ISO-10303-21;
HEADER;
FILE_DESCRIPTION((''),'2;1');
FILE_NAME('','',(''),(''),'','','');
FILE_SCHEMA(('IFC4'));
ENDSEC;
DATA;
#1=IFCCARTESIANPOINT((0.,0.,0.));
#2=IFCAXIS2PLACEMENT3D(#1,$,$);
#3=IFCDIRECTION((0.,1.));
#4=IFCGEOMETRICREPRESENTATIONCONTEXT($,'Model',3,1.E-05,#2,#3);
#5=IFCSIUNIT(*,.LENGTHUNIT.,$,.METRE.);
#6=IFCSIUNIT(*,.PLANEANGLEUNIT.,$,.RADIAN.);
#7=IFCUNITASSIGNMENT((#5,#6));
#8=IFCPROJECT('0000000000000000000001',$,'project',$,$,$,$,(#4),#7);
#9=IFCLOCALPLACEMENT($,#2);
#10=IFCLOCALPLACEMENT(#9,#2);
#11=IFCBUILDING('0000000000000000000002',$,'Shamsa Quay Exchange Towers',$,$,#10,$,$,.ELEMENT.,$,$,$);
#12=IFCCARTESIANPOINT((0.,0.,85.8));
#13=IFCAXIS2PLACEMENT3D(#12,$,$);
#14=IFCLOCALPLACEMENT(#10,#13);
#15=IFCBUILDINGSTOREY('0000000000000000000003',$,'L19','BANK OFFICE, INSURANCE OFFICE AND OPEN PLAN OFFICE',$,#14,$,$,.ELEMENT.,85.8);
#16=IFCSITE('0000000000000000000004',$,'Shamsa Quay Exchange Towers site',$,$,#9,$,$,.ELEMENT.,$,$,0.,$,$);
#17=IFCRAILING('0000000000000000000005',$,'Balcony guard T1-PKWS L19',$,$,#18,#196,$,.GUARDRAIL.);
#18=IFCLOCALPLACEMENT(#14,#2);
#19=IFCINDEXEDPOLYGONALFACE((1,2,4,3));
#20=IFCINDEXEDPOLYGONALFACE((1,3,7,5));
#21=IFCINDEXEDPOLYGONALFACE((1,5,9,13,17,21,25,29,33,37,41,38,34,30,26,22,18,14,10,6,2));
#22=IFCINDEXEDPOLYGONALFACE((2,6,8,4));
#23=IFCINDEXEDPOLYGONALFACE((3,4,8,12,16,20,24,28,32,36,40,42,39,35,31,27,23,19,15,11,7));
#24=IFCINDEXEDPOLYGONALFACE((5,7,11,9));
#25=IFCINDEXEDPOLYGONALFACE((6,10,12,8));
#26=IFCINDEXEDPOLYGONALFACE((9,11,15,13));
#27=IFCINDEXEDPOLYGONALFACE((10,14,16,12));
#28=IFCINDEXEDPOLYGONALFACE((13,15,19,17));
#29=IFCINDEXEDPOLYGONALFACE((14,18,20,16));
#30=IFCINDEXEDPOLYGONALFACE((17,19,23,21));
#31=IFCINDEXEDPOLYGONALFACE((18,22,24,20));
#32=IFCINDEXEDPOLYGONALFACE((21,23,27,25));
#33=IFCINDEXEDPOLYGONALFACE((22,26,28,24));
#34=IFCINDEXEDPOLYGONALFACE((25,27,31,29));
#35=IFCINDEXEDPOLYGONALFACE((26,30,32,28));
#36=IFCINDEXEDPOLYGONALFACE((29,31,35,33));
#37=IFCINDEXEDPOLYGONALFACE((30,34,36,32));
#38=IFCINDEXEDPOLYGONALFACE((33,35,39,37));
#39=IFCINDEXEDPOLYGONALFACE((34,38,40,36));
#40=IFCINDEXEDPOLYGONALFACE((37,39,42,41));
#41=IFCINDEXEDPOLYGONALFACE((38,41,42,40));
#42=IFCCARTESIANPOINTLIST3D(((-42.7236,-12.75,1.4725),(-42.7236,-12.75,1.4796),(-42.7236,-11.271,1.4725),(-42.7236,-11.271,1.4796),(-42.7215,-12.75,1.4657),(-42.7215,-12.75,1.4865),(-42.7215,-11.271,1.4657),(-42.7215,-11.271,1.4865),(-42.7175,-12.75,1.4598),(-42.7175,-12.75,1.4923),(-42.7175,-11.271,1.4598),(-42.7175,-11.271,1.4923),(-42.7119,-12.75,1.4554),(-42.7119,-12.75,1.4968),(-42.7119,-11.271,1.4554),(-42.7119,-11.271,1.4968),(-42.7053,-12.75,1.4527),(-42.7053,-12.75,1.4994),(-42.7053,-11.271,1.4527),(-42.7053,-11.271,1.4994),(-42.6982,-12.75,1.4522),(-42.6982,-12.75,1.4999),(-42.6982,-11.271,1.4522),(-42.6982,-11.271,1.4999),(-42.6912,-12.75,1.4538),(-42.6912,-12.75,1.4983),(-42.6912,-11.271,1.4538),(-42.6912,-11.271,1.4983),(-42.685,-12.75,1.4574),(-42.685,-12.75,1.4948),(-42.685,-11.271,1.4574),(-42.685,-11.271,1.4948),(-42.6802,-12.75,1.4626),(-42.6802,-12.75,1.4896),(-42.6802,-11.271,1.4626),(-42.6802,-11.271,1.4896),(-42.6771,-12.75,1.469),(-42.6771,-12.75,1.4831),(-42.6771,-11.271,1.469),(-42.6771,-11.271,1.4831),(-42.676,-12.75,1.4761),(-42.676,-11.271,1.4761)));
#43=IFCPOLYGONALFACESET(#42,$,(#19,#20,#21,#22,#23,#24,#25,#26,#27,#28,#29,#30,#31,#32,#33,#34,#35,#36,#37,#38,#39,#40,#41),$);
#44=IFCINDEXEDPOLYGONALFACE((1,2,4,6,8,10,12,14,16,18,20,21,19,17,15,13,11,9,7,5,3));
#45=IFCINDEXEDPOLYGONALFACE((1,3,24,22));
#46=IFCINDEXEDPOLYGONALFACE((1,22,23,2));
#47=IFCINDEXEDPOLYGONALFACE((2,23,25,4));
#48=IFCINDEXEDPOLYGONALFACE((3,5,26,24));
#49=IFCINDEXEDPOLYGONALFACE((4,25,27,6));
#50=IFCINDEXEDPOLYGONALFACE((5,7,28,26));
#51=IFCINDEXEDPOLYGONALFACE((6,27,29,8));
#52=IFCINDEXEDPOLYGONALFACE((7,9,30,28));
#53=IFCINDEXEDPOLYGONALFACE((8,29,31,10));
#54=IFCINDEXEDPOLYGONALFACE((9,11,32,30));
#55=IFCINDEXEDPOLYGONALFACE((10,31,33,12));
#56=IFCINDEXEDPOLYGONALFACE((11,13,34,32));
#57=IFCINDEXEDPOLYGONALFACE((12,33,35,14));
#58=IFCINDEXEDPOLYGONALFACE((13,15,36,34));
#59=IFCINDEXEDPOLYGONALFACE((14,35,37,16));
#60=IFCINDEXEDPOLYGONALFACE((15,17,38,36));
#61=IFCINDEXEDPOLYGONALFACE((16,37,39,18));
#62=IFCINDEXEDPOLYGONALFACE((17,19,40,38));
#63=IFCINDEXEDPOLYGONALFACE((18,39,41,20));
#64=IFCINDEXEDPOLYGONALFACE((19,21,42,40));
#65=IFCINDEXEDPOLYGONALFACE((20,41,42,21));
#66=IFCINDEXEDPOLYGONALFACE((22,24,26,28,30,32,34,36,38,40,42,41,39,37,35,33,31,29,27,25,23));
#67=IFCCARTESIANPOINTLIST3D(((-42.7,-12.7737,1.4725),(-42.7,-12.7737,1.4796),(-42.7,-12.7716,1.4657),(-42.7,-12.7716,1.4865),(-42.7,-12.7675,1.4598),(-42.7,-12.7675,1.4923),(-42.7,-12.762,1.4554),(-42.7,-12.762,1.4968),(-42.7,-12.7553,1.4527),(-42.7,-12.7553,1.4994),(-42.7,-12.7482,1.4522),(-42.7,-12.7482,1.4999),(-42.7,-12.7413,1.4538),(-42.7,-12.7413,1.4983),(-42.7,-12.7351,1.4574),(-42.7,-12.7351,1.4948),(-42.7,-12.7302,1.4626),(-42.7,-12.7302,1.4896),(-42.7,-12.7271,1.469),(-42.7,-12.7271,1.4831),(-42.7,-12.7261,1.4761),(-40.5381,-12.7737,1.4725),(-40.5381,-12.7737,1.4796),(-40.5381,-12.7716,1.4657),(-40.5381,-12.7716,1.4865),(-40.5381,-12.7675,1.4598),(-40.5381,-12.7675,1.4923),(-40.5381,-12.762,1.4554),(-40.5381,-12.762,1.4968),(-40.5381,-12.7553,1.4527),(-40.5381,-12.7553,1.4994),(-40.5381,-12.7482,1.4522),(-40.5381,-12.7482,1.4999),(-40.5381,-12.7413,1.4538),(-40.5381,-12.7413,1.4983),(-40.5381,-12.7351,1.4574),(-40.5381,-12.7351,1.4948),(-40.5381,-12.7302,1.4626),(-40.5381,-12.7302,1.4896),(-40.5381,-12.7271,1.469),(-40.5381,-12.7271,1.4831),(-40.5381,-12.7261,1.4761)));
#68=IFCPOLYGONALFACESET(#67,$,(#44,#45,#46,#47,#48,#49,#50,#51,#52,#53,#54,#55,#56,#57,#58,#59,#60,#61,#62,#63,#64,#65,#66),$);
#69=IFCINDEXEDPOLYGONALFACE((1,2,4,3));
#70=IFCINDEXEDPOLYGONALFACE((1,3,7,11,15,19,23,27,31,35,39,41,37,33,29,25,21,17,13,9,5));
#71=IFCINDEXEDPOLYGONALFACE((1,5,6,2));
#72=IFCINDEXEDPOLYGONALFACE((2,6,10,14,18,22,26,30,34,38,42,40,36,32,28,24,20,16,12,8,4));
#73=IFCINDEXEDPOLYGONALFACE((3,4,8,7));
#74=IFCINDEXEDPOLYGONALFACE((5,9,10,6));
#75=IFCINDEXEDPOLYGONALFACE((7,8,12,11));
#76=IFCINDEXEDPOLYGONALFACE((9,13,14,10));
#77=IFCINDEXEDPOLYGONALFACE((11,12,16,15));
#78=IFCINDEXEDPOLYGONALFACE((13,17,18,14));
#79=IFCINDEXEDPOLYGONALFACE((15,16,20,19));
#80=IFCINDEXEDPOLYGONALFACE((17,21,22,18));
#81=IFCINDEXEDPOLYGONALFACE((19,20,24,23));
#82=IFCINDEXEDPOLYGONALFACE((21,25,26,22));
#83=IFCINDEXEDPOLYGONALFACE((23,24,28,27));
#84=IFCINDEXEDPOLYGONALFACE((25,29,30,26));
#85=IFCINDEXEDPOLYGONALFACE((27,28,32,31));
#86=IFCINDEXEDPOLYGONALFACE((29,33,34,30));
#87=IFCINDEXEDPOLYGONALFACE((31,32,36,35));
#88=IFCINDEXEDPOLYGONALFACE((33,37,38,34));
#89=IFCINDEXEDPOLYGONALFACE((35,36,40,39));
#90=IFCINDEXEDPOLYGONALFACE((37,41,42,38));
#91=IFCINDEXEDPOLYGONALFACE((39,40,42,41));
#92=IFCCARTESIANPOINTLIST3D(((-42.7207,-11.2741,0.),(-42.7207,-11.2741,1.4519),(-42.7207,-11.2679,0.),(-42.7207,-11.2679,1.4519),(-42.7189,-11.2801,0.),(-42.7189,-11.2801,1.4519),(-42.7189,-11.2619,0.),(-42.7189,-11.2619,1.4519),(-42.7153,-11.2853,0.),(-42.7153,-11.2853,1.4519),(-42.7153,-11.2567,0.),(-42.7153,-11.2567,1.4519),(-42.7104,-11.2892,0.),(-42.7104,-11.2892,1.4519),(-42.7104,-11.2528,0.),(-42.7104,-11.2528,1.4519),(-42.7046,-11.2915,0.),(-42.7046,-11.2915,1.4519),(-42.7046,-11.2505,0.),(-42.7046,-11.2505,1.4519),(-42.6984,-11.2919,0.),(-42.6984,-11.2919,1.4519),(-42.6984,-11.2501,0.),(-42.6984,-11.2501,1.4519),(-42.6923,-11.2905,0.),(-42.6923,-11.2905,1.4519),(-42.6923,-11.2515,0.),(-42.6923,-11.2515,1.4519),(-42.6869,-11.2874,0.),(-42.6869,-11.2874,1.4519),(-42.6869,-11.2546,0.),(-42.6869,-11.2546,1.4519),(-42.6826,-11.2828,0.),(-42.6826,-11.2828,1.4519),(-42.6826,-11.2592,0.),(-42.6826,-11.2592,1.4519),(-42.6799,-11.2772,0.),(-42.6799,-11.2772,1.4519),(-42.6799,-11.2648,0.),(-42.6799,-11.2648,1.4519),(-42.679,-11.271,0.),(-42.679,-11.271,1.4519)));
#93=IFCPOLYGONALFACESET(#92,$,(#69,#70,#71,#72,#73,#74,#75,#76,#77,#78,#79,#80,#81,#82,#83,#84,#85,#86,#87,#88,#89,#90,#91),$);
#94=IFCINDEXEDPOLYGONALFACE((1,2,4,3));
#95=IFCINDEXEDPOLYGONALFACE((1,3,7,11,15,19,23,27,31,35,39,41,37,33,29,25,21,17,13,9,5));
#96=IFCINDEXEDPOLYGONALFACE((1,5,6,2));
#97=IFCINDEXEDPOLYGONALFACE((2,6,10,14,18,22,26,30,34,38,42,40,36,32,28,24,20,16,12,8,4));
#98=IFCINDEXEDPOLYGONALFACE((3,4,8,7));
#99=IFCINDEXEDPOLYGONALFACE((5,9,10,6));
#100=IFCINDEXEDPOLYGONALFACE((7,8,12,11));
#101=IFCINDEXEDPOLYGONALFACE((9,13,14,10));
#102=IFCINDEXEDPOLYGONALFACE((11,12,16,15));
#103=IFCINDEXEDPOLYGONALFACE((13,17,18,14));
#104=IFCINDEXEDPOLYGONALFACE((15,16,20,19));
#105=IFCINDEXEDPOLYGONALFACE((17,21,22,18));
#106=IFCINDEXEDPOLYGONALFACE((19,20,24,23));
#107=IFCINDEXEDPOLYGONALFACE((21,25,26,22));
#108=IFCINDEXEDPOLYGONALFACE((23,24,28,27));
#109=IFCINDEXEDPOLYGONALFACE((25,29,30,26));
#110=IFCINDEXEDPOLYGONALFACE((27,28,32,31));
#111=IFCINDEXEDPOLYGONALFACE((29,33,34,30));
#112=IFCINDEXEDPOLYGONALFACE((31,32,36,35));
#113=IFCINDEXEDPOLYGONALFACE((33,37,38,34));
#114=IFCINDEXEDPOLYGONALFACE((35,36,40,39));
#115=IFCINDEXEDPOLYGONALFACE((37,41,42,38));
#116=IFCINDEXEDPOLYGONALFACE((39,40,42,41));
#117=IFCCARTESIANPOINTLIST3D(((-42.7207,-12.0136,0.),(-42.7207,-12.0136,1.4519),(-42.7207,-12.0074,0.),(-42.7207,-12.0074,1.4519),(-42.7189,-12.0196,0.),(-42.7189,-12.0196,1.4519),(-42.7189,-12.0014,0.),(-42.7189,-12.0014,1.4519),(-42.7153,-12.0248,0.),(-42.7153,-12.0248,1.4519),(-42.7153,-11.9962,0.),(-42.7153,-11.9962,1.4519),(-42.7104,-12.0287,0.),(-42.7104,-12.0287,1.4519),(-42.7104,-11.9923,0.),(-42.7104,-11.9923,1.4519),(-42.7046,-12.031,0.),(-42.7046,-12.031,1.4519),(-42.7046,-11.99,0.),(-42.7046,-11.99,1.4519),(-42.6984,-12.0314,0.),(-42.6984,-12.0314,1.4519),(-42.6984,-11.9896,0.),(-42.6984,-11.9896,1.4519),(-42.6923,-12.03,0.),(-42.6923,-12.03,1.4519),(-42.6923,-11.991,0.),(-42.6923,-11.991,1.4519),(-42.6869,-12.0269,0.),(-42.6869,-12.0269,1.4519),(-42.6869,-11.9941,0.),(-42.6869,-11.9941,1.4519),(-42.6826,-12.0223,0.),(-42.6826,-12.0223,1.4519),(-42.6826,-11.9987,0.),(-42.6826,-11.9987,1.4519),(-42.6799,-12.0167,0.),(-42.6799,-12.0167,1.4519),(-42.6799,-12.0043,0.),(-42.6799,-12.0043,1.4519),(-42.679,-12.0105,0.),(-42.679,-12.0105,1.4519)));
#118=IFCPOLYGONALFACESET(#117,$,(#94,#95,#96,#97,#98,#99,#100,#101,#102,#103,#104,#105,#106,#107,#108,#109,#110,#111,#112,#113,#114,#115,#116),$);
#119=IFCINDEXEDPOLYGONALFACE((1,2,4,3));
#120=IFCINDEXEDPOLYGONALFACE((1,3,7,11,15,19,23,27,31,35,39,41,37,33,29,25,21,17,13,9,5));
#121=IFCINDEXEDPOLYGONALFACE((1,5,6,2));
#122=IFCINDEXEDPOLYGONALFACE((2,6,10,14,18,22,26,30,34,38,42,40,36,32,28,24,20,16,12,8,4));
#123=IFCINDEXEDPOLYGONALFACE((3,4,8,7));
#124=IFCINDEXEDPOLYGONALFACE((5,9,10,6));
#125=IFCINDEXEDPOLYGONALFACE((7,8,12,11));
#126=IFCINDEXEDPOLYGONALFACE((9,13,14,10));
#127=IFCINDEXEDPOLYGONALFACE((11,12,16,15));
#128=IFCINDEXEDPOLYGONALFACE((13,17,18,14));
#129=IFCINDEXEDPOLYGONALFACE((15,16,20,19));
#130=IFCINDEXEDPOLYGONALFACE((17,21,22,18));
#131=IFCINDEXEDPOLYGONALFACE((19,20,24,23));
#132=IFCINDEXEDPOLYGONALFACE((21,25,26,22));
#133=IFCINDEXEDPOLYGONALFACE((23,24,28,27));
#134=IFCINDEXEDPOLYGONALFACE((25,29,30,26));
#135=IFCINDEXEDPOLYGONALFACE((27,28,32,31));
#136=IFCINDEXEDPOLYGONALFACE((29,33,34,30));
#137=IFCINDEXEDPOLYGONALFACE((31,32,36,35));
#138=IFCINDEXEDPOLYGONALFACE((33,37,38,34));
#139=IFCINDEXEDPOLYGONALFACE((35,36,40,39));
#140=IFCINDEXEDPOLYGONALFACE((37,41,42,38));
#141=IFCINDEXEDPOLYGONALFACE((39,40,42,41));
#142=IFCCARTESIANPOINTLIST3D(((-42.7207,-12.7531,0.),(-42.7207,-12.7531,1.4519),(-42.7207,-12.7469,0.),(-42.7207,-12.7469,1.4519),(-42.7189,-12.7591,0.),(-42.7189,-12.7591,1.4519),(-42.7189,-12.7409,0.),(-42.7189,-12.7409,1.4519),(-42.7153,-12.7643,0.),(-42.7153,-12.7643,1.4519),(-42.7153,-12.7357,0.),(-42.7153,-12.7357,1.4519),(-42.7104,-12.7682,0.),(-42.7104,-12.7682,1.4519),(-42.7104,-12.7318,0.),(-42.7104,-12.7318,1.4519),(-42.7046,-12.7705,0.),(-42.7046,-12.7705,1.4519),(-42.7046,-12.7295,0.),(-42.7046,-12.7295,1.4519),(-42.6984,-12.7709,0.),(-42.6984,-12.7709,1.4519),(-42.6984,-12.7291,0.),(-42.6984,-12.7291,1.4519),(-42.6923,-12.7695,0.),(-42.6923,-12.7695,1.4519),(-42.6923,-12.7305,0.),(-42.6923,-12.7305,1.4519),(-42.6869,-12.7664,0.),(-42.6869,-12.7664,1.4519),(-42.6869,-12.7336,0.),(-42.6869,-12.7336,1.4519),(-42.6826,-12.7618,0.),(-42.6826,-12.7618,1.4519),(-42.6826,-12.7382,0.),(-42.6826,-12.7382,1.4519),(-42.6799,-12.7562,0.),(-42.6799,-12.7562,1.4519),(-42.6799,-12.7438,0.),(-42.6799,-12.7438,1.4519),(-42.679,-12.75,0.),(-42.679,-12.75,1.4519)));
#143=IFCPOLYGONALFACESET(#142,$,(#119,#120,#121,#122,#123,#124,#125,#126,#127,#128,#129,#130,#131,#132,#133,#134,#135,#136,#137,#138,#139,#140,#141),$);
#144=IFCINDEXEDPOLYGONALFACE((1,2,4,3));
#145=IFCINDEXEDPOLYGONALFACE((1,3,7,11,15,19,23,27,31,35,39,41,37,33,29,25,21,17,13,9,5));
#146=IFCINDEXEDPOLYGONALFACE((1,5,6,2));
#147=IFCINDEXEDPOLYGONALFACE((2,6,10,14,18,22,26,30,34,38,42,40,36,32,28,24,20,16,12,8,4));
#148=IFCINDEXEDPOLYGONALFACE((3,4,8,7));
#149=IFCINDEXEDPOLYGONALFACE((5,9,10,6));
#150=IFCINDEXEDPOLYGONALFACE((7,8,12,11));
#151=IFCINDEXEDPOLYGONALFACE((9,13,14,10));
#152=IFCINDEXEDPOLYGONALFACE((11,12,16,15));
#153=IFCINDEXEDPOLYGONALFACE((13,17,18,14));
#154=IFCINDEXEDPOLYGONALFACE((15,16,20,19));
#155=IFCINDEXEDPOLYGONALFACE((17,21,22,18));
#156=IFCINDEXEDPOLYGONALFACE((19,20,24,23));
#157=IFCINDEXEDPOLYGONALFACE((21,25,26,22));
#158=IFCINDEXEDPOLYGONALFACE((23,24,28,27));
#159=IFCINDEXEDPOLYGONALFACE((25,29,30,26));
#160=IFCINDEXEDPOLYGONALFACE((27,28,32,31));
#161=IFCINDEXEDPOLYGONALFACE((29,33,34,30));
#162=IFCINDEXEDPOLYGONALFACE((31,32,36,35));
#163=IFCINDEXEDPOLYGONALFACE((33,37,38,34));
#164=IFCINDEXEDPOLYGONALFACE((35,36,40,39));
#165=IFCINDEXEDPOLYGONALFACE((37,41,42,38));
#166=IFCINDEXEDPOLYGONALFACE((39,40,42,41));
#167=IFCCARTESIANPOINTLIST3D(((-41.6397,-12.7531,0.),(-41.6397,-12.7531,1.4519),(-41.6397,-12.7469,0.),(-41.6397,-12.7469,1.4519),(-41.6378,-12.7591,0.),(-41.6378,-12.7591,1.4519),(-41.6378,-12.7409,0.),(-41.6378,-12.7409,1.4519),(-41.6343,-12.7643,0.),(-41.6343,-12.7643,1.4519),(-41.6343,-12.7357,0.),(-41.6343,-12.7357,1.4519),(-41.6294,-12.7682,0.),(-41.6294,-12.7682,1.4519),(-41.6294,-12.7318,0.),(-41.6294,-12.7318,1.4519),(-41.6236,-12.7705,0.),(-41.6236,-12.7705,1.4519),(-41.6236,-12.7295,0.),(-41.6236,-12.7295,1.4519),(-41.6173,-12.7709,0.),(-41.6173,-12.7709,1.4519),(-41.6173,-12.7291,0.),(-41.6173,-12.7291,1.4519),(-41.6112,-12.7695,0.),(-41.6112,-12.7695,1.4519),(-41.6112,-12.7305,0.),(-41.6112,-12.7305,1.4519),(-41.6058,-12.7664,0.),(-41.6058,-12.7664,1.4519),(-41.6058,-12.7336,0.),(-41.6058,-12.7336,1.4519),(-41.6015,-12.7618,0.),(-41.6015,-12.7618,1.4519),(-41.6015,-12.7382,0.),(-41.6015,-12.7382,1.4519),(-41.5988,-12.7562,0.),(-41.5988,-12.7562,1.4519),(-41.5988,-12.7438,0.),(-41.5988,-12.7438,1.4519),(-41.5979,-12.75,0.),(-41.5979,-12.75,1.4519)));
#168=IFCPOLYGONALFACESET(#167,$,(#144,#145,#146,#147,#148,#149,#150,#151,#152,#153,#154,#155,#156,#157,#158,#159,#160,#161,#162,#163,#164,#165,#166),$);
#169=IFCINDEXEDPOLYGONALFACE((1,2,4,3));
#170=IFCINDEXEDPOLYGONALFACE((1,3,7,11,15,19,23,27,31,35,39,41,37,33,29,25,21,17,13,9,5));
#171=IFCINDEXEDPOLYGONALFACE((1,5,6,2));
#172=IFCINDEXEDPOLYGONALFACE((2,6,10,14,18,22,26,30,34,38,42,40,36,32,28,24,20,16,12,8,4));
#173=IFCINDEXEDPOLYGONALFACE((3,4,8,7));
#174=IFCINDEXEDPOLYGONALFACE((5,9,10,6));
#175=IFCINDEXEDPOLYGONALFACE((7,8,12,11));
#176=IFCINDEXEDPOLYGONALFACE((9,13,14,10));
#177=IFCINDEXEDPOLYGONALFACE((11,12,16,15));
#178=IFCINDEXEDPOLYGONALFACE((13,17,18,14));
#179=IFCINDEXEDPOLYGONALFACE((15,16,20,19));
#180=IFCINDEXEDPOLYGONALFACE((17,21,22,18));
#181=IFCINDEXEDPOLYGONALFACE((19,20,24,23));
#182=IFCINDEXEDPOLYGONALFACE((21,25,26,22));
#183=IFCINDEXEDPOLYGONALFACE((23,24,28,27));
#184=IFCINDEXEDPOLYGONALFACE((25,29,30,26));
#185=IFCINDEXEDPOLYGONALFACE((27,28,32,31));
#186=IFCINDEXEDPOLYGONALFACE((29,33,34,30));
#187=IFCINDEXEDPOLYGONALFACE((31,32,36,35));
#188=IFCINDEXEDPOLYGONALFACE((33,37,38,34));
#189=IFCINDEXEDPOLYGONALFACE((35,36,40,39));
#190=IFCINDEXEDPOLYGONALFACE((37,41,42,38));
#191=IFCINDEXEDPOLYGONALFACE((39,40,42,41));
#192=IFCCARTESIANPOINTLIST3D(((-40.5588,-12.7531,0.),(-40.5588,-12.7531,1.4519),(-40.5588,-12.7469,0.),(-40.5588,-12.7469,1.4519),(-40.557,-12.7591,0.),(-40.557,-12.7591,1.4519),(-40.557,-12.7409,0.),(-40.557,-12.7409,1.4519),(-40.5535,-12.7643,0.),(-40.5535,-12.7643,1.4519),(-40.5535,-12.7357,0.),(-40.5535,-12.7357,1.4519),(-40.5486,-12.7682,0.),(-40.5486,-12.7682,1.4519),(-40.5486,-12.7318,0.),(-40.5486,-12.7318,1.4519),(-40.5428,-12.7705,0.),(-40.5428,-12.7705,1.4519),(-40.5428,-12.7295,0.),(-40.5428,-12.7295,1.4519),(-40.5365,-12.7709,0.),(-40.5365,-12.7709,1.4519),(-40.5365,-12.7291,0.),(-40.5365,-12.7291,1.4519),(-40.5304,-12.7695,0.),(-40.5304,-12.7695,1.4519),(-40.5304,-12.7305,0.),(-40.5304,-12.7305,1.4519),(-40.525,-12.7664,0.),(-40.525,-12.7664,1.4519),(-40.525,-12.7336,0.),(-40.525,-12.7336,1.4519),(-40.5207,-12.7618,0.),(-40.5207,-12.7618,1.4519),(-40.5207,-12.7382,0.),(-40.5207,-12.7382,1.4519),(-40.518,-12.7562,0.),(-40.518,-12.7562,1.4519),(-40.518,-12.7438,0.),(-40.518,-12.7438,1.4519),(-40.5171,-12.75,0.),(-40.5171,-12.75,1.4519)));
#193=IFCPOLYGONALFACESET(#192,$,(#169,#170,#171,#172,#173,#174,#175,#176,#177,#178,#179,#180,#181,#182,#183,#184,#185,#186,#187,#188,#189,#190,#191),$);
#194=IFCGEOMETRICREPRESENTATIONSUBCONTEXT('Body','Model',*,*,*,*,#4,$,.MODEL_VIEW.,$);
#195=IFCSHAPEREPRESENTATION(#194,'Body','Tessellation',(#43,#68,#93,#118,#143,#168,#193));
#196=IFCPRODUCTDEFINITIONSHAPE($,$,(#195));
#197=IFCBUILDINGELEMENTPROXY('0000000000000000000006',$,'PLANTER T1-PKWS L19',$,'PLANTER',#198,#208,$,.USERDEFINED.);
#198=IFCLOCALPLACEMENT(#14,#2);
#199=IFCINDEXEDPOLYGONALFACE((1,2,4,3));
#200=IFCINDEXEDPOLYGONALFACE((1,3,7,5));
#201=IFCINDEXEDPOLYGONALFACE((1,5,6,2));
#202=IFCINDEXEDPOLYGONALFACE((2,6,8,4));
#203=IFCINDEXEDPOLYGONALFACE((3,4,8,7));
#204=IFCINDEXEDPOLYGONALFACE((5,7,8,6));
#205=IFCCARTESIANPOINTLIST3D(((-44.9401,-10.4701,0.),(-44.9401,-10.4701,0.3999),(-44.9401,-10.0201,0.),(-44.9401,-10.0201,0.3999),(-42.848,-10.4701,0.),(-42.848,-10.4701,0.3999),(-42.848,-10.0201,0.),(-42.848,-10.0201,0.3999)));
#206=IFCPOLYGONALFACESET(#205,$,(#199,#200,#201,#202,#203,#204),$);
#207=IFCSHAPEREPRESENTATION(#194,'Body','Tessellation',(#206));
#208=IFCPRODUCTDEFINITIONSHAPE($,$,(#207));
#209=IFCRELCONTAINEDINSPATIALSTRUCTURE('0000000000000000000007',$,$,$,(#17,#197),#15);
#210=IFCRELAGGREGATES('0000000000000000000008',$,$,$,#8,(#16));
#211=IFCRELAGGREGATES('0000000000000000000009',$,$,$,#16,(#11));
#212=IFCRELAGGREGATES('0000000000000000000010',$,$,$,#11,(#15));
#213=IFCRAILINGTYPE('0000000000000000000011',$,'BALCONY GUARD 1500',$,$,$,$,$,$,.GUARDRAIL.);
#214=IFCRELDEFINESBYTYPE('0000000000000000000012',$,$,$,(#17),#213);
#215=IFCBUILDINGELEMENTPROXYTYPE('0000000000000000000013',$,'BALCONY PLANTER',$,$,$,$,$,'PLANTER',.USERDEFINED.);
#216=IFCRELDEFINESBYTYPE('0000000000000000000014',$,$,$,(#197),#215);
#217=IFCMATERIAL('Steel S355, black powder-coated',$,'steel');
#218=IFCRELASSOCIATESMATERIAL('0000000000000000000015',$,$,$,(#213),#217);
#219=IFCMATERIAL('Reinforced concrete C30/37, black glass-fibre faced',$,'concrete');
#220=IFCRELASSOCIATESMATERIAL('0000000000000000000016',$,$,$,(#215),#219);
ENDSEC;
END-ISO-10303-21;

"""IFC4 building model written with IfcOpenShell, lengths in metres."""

from ifc_helpers import new_model, si_unit, direction, frame, origin, origin_2d, place, context, subcontext, project, spatial, rectangle, circle, extrude, material, type_object, element, save


model = new_model("IFC4")

# Units and contexts
model_context = context("Model", 3, precision=1e-05, world=origin(), true_north=direction((0.0, 1.0)))
body_context = subcontext(model_context, "Body", "Model", "MODEL_VIEW")
ifc_project = project(units=[si_unit("LENGTHUNIT", "METRE"), si_unit("PLANEANGLEUNIT", "RADIAN")], contexts=[model_context])

# Site, building, storey
site_placement = place(None, origin())
site = spatial("IfcSite", under=ifc_project, at=site_placement, Name="Shamsa Quay Exchange Towers site", CompositionType="ELEMENT", RefElevation=0.0)
building_placement = place(site_placement, origin())
building = spatial("IfcBuilding", under=site, at=building_placement, Name="Shamsa Quay Exchange Towers", CompositionType="ELEMENT")
storey_placement = place(building_placement, frame((0.0, 0.0, 85.8)))
storey = spatial("IfcBuildingStorey", under=building, at=storey_placement, Name="L19", Description="BANK OFFICE, INSURANCE OFFICE AND OPEN PLAN OFFICE", CompositionType="ELEMENT", Elevation=85.8)

# Railing
ifc_material_1 = material(Name="Steel S355, black powder-coated", Category="steel")
railing_type_1 = type_object("IfcRailingType", Name="BALCONY GUARD 1500", PredefinedType="GUARDRAIL", material=ifc_material_1)
for number, where, name in (
    (1, (-42.7, -11.271, 0.0), "Balcony guard T1-PKWS L19"),
):
    element("IfcRailing", number, at=place(storey_placement, frame(where)), inside=storey, type_object=railing_type_1, Name=name, PredefinedType="GUARDRAIL", context=body_context, shape_type="SweptSolid", body=[
        extrude(circle(Radius=0.0239, at=origin_2d()), frame((0.0, 0.0, 1.4761), z_axis=(0.0, -1.0, 0.0), x_axis=(1.0, 0.0, 0.0)), (0.0, 0.0, 1.0), 1.479),
        extrude(circle(Radius=0.0239, at=origin_2d()), frame((0.0, -1.479, 1.4761), z_axis=(1.0, 0.0, 0.0), x_axis=(0.0, 1.0, 0.0)), (0.0, 0.0, 1.0), 2.1619),
        extrude(circle(Radius=0.021, at=origin_2d()), origin(), (0.0, 0.0, 1.0), 1.4519),
        extrude(circle(Radius=0.021, at=origin_2d()), frame((0.0, -0.7395, 0.0)), (0.0, 0.0, 1.0), 1.4519),
        extrude(circle(Radius=0.021, at=origin_2d()), frame((0.0, -1.479, 0.0)), (0.0, 0.0, 1.0), 1.4519),
        extrude(circle(Radius=0.021, at=origin_2d()), frame((1.0811, -1.479, 0.0)), (0.0, 0.0, 1.0), 1.4519),
        extrude(circle(Radius=0.021, at=origin_2d()), frame((2.1619, -1.479, 0.0)), (0.0, 0.0, 1.0), 1.4519),
    ])

# Building element proxy
ifc_material_2 = material(Name="Reinforced concrete C30/37, black glass-fibre faced", Category="concrete")
building_element_proxy_type = type_object("IfcBuildingElementProxyType", Name="BALCONY PLANTER", ElementType="PLANTER", PredefinedType="USERDEFINED", material=ifc_material_2)
proxy_placement = place(storey_placement, frame((-43.894, -10.2451, 0.0)))
element("IfcBuildingElementProxy", 2, at=proxy_placement, inside=storey, type_object=building_element_proxy_type, Name="PLANTER T1-PKWS L19", ObjectType="PLANTER", PredefinedType="USERDEFINED", context=body_context, shape_type="SweptSolid", body=[
    extrude(rectangle(XDim=2.092, YDim=0.45, at=origin_2d()), origin(), (0.0, 0.0, 1.0), 0.3999),
])

save(model, "model.ifc")
